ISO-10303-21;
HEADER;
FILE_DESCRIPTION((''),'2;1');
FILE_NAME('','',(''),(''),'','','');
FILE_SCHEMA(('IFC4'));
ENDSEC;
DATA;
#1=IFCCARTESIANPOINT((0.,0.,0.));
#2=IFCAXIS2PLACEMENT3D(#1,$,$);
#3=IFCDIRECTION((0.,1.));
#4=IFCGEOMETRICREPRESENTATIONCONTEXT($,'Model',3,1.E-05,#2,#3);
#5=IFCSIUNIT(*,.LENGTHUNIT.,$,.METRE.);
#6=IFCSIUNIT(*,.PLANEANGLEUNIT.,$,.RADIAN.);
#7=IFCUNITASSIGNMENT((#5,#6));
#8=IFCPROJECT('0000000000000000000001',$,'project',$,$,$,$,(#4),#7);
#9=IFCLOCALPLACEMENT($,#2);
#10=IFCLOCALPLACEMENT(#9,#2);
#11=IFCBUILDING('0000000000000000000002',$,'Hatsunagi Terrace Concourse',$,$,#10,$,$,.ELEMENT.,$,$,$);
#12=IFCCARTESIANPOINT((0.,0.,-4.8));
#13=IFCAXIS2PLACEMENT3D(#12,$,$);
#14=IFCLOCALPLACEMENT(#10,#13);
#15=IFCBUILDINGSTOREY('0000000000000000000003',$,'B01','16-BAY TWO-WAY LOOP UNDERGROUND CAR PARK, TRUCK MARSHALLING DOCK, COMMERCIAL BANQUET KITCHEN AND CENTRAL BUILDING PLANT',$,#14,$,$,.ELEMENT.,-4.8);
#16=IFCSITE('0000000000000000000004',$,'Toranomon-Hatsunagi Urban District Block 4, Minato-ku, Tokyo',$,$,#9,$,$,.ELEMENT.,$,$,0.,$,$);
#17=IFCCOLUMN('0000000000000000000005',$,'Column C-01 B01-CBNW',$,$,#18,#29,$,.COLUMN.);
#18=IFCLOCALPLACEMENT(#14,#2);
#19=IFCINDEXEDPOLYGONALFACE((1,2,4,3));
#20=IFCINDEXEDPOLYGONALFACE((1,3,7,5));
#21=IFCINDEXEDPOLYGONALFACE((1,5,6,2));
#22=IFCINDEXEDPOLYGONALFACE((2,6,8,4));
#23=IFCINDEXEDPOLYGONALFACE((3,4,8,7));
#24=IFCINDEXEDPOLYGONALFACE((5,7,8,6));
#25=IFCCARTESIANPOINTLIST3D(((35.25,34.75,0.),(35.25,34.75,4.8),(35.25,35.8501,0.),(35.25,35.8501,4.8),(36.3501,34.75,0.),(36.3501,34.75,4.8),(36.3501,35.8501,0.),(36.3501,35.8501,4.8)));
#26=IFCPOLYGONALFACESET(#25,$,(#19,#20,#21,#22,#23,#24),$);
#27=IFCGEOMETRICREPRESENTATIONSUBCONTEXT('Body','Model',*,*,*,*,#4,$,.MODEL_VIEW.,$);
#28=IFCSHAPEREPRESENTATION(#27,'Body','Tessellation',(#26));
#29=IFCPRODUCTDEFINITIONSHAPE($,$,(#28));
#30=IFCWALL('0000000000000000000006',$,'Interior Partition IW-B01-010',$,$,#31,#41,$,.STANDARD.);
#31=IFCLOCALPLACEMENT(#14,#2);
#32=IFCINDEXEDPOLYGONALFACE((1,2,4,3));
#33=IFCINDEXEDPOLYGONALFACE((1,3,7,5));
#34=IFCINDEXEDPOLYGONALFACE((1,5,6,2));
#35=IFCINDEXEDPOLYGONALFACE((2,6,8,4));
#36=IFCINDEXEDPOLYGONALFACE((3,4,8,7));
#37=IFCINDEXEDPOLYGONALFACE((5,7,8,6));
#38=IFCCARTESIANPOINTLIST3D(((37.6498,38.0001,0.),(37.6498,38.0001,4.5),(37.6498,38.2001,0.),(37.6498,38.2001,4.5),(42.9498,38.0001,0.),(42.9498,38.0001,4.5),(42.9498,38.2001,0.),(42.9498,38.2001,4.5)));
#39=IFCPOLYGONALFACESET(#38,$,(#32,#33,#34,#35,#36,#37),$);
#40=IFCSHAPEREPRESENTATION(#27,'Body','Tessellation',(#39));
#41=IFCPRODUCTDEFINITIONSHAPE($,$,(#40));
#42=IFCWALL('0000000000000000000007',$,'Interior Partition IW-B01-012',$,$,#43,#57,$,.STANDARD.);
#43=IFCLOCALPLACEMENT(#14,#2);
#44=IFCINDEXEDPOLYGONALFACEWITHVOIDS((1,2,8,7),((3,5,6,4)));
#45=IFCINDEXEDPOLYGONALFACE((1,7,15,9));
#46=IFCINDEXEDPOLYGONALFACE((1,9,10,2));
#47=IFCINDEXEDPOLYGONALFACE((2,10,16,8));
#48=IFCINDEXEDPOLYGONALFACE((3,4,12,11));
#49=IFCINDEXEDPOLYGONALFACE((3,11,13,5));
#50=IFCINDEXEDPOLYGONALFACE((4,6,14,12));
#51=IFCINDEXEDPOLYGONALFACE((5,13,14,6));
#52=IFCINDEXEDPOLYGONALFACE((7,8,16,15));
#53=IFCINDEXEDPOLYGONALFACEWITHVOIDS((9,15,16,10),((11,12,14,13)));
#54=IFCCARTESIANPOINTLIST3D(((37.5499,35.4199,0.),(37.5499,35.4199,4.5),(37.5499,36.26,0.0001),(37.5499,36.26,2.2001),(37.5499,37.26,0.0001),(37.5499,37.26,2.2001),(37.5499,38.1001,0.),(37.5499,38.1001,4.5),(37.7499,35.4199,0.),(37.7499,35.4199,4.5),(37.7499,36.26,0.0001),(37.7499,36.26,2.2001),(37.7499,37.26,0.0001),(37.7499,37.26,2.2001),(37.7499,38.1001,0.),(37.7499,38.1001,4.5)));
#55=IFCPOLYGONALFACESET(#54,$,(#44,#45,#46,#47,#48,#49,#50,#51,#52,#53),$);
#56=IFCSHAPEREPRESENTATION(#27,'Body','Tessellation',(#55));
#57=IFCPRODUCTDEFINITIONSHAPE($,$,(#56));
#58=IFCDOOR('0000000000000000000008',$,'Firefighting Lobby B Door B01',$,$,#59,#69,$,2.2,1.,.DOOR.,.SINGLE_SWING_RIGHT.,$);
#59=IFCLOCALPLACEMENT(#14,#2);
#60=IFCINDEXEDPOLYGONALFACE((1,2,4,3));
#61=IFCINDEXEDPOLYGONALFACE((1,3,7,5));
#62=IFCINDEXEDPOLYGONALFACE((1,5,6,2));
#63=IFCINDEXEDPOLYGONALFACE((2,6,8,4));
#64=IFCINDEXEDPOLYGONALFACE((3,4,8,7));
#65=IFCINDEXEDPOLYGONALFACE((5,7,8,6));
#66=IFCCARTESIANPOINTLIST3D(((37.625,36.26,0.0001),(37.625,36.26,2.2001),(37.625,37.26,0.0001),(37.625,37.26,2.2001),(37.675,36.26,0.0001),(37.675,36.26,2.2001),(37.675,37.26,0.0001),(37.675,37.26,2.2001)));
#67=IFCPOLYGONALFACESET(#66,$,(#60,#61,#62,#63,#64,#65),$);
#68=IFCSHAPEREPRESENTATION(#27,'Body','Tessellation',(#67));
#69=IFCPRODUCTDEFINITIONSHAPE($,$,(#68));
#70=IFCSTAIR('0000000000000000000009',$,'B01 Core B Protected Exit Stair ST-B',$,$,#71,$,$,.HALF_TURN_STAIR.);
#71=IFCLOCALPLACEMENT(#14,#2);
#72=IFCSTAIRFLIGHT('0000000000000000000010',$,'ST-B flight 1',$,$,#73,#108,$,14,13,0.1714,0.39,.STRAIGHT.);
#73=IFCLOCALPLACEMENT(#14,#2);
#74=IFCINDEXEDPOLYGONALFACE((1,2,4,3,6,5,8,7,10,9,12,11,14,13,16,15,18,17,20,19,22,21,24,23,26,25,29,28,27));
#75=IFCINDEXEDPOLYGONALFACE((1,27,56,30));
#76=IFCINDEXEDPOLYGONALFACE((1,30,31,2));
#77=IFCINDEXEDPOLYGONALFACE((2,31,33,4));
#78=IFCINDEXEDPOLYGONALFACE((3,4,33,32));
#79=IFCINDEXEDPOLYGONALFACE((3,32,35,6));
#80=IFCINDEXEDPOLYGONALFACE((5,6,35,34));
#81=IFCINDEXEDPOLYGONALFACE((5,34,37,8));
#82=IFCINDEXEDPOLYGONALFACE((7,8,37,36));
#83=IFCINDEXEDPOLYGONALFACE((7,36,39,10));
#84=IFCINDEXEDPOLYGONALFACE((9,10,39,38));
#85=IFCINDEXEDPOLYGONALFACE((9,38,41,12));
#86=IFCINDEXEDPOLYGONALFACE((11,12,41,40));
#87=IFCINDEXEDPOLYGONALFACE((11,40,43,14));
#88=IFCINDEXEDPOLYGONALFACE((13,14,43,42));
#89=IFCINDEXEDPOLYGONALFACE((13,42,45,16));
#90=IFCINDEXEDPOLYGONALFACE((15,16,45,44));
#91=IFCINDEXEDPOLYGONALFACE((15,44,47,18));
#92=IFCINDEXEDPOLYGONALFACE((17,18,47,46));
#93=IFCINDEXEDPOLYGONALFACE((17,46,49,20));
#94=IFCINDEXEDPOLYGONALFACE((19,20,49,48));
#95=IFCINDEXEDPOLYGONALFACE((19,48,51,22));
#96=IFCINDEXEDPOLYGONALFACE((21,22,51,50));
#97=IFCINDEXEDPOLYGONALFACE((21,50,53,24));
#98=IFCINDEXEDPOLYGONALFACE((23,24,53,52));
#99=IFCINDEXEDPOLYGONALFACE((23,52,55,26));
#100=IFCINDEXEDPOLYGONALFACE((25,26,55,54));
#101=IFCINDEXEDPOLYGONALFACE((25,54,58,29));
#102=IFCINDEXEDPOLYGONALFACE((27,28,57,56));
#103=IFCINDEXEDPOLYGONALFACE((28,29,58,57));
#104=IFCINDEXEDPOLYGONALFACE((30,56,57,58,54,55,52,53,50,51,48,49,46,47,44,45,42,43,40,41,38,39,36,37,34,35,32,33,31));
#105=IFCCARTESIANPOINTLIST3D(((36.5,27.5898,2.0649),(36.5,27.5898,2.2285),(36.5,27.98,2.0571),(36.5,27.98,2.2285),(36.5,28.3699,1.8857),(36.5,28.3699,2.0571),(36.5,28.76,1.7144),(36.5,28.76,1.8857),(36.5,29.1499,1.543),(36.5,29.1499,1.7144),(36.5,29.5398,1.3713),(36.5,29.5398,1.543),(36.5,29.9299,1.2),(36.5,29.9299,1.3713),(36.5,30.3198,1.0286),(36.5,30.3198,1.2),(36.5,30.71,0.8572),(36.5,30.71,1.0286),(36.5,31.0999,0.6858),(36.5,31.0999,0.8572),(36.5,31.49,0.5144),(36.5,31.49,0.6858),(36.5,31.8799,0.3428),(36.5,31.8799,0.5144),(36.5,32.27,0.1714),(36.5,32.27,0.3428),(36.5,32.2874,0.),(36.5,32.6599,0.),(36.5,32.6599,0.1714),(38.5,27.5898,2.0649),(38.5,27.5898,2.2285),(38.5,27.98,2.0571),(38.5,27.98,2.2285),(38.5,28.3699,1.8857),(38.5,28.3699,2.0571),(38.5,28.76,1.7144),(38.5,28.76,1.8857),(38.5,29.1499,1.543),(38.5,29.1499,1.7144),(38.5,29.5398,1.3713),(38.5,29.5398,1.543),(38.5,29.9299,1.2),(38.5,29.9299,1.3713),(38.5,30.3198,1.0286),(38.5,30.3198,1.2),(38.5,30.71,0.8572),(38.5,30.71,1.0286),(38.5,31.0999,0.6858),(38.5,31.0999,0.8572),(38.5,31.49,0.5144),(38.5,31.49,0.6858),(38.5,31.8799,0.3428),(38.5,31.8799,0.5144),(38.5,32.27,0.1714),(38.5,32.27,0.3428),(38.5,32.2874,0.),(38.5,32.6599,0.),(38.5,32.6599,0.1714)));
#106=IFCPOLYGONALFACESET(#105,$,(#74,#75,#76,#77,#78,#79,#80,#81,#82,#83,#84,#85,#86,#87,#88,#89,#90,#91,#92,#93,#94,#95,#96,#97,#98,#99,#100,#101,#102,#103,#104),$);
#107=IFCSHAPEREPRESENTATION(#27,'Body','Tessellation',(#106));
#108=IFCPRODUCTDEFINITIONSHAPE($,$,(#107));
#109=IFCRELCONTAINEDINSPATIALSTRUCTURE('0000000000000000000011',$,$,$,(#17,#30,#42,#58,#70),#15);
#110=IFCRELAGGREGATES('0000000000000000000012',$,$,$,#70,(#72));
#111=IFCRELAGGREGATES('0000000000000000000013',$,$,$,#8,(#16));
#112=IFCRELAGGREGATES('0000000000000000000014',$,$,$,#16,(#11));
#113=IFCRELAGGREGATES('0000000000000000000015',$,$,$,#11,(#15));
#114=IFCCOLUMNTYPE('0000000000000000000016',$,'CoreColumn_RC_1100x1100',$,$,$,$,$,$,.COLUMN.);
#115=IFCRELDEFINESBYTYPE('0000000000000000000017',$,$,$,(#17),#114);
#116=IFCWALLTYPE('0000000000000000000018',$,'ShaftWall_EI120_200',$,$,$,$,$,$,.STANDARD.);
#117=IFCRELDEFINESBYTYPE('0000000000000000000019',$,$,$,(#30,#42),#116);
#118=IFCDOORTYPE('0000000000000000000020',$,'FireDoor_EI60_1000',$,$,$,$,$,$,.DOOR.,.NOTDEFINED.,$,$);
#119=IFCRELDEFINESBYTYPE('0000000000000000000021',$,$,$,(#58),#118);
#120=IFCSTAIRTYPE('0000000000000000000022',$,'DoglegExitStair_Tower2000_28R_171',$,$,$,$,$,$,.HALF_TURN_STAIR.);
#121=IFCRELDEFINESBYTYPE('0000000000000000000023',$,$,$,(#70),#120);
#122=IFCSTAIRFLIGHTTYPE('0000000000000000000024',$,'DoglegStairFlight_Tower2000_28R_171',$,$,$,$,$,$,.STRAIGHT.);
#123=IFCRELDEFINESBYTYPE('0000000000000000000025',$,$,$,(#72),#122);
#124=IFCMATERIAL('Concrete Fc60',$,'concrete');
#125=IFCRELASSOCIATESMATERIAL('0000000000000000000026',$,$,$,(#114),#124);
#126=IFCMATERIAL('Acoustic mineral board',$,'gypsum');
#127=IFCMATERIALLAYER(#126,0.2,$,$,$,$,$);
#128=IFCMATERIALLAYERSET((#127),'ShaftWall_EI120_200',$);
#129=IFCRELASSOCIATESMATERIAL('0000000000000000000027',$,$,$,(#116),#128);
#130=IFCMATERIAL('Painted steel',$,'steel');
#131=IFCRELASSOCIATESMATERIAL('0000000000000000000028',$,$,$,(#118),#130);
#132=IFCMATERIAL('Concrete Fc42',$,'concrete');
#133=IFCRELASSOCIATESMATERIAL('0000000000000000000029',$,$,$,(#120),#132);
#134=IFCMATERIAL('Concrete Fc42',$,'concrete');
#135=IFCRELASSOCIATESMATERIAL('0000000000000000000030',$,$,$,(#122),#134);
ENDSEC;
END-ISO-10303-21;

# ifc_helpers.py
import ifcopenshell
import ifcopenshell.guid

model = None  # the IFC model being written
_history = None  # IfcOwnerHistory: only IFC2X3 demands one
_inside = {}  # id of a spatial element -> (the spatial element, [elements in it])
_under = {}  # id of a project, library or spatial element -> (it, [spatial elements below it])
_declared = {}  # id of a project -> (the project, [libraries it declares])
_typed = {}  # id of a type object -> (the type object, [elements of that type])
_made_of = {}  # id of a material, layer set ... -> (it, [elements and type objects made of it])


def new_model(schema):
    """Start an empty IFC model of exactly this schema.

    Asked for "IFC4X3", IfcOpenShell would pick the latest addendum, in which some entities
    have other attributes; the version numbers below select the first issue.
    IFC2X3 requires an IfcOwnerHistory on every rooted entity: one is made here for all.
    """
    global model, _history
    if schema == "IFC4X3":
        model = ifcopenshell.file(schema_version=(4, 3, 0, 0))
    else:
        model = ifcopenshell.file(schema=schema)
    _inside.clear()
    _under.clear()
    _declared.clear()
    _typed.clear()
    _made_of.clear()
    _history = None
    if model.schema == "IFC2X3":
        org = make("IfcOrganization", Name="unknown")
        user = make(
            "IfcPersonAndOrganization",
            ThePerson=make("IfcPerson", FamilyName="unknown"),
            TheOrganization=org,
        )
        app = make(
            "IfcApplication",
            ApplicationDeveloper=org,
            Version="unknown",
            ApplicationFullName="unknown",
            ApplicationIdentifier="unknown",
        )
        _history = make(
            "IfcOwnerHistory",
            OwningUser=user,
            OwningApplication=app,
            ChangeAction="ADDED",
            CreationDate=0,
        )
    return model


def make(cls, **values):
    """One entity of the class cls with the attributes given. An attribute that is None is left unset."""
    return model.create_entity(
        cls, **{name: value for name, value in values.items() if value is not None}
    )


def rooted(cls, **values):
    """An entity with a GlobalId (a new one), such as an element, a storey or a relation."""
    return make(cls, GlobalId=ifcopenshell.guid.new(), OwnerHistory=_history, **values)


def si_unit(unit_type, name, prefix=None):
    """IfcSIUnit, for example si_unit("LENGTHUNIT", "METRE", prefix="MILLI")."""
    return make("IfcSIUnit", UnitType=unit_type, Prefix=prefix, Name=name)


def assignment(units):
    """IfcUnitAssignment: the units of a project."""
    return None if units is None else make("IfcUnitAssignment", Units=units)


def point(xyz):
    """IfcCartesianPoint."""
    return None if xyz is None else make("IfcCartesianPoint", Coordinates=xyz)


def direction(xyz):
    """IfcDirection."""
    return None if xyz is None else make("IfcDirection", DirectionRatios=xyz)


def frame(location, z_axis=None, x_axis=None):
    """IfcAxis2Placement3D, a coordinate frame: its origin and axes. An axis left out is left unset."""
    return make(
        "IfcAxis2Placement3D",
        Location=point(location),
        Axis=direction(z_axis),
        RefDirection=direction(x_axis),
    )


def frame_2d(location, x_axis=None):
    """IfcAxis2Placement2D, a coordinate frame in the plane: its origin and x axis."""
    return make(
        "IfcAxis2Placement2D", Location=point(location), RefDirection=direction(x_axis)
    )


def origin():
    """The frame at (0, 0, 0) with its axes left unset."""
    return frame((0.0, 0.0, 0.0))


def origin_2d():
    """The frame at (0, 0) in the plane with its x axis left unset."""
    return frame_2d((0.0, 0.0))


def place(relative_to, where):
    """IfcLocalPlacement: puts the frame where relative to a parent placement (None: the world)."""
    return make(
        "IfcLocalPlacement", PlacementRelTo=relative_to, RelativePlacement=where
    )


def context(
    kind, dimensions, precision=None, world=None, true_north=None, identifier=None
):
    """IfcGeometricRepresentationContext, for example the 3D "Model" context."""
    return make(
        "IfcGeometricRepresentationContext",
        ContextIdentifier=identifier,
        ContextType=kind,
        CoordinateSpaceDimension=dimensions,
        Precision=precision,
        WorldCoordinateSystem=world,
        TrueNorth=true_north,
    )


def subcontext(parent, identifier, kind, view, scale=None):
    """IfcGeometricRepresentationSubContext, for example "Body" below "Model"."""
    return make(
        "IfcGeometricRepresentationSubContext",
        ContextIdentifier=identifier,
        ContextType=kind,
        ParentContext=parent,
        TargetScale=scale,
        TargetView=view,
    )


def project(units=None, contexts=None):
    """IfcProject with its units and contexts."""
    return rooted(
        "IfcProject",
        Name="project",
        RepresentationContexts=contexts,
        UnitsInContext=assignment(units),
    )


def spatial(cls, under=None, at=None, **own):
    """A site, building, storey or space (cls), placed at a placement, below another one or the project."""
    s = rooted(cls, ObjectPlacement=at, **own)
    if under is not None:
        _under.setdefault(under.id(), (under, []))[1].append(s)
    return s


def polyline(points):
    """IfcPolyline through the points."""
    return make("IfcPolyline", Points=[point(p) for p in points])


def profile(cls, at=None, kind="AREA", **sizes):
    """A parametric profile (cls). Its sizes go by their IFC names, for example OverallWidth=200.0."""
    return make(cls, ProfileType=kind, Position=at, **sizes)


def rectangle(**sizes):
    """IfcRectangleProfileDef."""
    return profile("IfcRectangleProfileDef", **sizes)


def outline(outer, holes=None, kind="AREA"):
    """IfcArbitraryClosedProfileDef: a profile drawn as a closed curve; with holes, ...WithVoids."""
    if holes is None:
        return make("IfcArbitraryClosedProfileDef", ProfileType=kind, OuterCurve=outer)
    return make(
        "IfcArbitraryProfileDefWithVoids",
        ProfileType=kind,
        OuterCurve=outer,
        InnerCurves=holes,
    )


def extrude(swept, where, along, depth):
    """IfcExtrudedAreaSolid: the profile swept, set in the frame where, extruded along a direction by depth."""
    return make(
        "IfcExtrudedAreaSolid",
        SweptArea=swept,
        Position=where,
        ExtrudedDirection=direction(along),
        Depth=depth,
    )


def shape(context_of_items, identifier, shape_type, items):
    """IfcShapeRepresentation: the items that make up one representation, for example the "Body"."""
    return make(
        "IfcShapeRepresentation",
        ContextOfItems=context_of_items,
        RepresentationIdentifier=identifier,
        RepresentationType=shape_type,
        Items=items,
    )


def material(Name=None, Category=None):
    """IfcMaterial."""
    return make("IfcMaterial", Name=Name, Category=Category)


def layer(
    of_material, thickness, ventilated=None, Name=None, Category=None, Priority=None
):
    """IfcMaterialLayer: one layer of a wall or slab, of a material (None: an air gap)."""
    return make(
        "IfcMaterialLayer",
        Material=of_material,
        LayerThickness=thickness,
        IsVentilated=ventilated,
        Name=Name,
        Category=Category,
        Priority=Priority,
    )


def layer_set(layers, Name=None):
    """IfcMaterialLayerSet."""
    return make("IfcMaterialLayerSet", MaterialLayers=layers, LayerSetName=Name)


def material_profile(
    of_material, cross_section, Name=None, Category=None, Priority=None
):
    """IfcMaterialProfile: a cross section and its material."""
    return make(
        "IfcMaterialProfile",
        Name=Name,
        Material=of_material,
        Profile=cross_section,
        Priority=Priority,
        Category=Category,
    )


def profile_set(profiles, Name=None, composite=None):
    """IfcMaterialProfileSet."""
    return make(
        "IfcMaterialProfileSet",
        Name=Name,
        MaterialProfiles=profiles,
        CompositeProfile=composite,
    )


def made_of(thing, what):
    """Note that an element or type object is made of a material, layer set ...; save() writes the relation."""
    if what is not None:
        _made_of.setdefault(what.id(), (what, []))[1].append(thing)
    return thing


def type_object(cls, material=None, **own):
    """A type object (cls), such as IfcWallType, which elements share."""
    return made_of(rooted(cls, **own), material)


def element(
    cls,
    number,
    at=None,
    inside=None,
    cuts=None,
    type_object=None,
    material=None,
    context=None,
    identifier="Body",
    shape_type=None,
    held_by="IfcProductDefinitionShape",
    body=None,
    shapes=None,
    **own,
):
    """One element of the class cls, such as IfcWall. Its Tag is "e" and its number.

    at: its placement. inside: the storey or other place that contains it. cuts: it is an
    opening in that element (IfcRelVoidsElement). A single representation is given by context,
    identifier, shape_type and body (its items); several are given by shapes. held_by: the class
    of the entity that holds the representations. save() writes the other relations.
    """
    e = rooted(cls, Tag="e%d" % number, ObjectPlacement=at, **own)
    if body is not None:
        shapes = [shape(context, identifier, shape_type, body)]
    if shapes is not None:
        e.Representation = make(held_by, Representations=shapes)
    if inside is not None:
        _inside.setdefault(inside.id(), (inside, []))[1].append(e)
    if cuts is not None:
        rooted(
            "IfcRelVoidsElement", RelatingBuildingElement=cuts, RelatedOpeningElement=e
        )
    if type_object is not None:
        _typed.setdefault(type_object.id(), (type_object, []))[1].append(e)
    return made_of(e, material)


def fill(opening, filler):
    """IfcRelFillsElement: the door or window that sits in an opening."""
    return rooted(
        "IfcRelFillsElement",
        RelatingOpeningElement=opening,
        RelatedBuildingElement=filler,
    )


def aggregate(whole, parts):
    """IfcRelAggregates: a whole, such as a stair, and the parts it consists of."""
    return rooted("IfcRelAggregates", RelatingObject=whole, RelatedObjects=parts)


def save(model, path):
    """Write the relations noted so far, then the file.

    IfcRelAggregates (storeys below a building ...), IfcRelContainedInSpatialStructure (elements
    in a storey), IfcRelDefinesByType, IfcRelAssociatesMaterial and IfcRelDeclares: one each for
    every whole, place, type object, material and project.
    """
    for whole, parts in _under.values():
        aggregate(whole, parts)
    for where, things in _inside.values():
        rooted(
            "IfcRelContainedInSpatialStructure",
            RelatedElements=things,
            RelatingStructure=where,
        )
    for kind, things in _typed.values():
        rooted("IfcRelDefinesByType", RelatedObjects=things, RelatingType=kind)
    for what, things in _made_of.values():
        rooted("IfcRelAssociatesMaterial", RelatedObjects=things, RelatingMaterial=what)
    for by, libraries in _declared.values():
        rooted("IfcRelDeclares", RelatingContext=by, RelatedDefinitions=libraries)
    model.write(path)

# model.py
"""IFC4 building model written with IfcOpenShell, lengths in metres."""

from ifc_helpers import new_model, si_unit, direction, frame, frame_2d, origin, origin_2d, place, context, subcontext, project, spatial, polyline, rectangle, outline, extrude, material, layer, layer_set, material_profile, profile_set, type_object, element, fill, aggregate, save


model = new_model("IFC4")

# Units and contexts
model_context = context("Model", 3, precision=1e-05, world=origin(), true_north=direction((0.0, 1.0)))
body_context = subcontext(model_context, "Body", "Model", "MODEL_VIEW")
ifc_project = project(units=[si_unit("LENGTHUNIT", "METRE"), si_unit("PLANEANGLEUNIT", "RADIAN")], contexts=[model_context])

# Site, building, storey
site_placement = place(None, origin())
site = spatial("IfcSite", under=ifc_project, at=site_placement, Name="Toranomon-Hatsunagi Urban District Block 4, Minato-ku, Tokyo", CompositionType="ELEMENT", RefElevation=0.0)
building_placement = place(site_placement, origin())
building = spatial("IfcBuilding", under=site, at=building_placement, Name="Hatsunagi Terrace Concourse", CompositionType="ELEMENT")
storey_placement = place(building_placement, frame((0.0, 0.0, -4.8)))
storey = spatial("IfcBuildingStorey", under=building, at=storey_placement, Name="B01", Description="16-BAY TWO-WAY LOOP UNDERGROUND CAR PARK, TRUCK MARSHALLING DOCK, COMMERCIAL BANQUET KITCHEN AND CENTRAL BUILDING PLANT", CompositionType="ELEMENT", Elevation=-4.8)

# Column
ifc_material_1 = material(Name="Concrete Fc60", Category="concrete")
ifc_material_profile = material_profile(ifc_material_1, rectangle(XDim=1.1001, YDim=1.1001, at=origin_2d()), Name="RC-1100x1100")
ifc_profile_set = profile_set([ifc_material_profile], Name="Concrete Fc60")
column_type = type_object("IfcColumnType", Name="CoreColumn_RC_1100x1100", PredefinedType="COLUMN", material=ifc_profile_set)
column_placement = place(storey_placement, frame((35.8, 35.3, 0.0), z_axis=(0.0, 0.0, 1.0), x_axis=(1.0, 0.0, 0.0)))
element("IfcColumn", 1, at=column_placement, inside=storey, type_object=column_type, Name="Column C-01 B01-CBNW", PredefinedType="COLUMN", context=body_context, shape_type="SweptSolid", body=[
    extrude(rectangle(XDim=1.1001, YDim=1.1001, at=origin_2d()), origin(), (0.0, 0.0, 1.0), 4.8),
])

# Wall
ifc_material_2 = material(Name="Acoustic mineral board", Category="gypsum")
ifc_layer_1 = layer(ifc_material_2, 0.2)
ifc_layer_set_1 = layer_set([ifc_layer_1], Name="ShaftWall_EI120_200")
wall_type_1 = type_object("IfcWallType", Name="ShaftWall_EI120_200", PredefinedType="STANDARD", material=ifc_layer_set_1)
wall_1_placement = place(storey_placement, frame((37.6499, 38.1001, 0.0), z_axis=(0.0, 0.0, 1.0), x_axis=(1.0, 0.0, 0.0)))
element("IfcWall", 2, at=wall_1_placement, inside=storey, type_object=wall_type_1, Name="Interior Partition IW-B01-010", PredefinedType="STANDARD", context=body_context, shape_type="SweptSolid", body=[
    extrude(rectangle(XDim=5.3, YDim=0.2, at=frame_2d((2.6499, 0.0))), origin(), (0.0, 0.0, 1.0), 4.5),
])

# Wall, opening, door
wall_2_placement = place(storey_placement, frame((37.6499, 35.4199, 0.0), z_axis=(0.0, 0.0, 1.0), x_axis=(0.0, 1.0, 0.0)))
wall_2 = element("IfcWall", 3, at=wall_2_placement, inside=storey, type_object=wall_type_1, Name="Interior Partition IW-B01-012", PredefinedType="STANDARD", context=body_context, shape_type="SweptSolid", body=[
    extrude(rectangle(XDim=2.6802, YDim=0.2, at=frame_2d((1.3401, 0.0))), origin(), (0.0, 0.0, 1.0), 4.5),
])
opening_1_placement = place(wall_2_placement, frame((0.8401, 0.0, 0.0)))
opening_1 = element("IfcOpeningElement", 4, at=opening_1_placement, cuts=wall_2, PredefinedType="OPENING", context=body_context, shape_type="SweptSolid", body=[
    extrude(rectangle(XDim=1.0, YDim=2.2, at=frame_2d((0.5, 1.1001))), frame((0.0, 0.1099, 0.0), z_axis=(0.0, -1.0, 0.0), x_axis=(1.0, 0.0, 0.0)), (0.0, 0.0, 1.0), 0.22),
])
ifc_material_3 = material(Name="Painted steel", Category="steel")
door_type_1 = type_object("IfcDoorType", Name="FireDoor_EI60_1000", OperationType="NOTDEFINED", PredefinedType="DOOR", material=ifc_material_3)
door_1_placement = place(opening_1_placement, origin())
door_1 = element("IfcDoor", 5, at=door_1_placement, inside=storey, type_object=door_type_1, Name="Firefighting Lobby B Door B01", OperationType="SINGLE_SWING_RIGHT", OverallHeight=2.2, OverallWidth=1.0, PredefinedType="DOOR", context=body_context, shape_type="SweptSolid", body=[
    extrude(rectangle(XDim=1.0, YDim=2.2, at=frame_2d((0.5, 1.1001))), frame((0.0, 0.0249, 0.0), z_axis=(0.0, -1.0, 0.0), x_axis=(1.0, 0.0, 0.0)), (0.0, 0.0, 1.0), 0.05),
])
fill(opening_1, door_1)

# Stair, stair flight
ifc_material_4 = material(Name="Concrete Fc42", Category="concrete")
stair_type = type_object("IfcStairType", Name="DoglegExitStair_Tower2000_28R_171", PredefinedType="HALF_TURN_STAIR", material=ifc_material_4)
stair_placement = place(storey_placement, origin())
stair = element("IfcStair", 6, at=stair_placement, inside=storey, type_object=stair_type, Name="B01 Core B Protected Exit Stair ST-B", PredefinedType="HALF_TURN_STAIR")
ifc_material_5 = material(Name="Concrete Fc42", Category="concrete")
stair_flight_type = type_object("IfcStairFlightType", Name="DoglegStairFlight_Tower2000_28R_171", PredefinedType="STRAIGHT", material=ifc_material_5)
stair_flight_placement = place(storey_placement, frame((37.5, 32.6599, 0.0), z_axis=(0.0, 0.0, 1.0), x_axis=(0.0, -1.0, 0.0)))
stair_flight = element("IfcStairFlight", 7, at=stair_flight_placement, type_object=stair_flight_type, Name="ST-B flight 1", NumberOfRisers=14, NumberOfTreads=13, PredefinedType="STRAIGHT", RiserHeight=0.1714, TreadLength=0.39, context=body_context, shape_type="SweptSolid", body=[
    extrude(outline(polyline([(0.0, 0.0), (0.0, 0.1714), (0.3899, 0.1714), (0.3899, 0.3428), (0.78, 0.3428), (0.78, 0.5144), (1.1699, 0.5144), (1.1699, 0.6858), (1.5601, 0.6858), (1.5601, 0.8572), (1.95, 0.8572), (1.95, 1.0286), (2.3401, 1.0286), (2.3401, 1.2), (2.73, 1.2), (2.73, 1.3713), (3.1201, 1.3713), (3.1201, 1.543), (3.51, 1.543), (3.51, 1.7144), (3.8999, 1.7144), (3.8999, 1.8857), (4.29, 1.8857), (4.29, 2.0571), (4.6799, 2.0571), (4.6799, 2.2285), (5.0701, 2.2285), (5.0701, 2.3999), (5.0701, 2.0649), (0.3726, 0.0), (0.0, 0.0)])), frame((0.0, 1.0, 0.0), z_axis=(0.0, -1.0, 0.0), x_axis=(1.0, 0.0, 0.0)), (0.0, 0.0, 1.0), 2.0),
])
aggregate(stair, [stair_flight])

save(model, "model.ifc")
